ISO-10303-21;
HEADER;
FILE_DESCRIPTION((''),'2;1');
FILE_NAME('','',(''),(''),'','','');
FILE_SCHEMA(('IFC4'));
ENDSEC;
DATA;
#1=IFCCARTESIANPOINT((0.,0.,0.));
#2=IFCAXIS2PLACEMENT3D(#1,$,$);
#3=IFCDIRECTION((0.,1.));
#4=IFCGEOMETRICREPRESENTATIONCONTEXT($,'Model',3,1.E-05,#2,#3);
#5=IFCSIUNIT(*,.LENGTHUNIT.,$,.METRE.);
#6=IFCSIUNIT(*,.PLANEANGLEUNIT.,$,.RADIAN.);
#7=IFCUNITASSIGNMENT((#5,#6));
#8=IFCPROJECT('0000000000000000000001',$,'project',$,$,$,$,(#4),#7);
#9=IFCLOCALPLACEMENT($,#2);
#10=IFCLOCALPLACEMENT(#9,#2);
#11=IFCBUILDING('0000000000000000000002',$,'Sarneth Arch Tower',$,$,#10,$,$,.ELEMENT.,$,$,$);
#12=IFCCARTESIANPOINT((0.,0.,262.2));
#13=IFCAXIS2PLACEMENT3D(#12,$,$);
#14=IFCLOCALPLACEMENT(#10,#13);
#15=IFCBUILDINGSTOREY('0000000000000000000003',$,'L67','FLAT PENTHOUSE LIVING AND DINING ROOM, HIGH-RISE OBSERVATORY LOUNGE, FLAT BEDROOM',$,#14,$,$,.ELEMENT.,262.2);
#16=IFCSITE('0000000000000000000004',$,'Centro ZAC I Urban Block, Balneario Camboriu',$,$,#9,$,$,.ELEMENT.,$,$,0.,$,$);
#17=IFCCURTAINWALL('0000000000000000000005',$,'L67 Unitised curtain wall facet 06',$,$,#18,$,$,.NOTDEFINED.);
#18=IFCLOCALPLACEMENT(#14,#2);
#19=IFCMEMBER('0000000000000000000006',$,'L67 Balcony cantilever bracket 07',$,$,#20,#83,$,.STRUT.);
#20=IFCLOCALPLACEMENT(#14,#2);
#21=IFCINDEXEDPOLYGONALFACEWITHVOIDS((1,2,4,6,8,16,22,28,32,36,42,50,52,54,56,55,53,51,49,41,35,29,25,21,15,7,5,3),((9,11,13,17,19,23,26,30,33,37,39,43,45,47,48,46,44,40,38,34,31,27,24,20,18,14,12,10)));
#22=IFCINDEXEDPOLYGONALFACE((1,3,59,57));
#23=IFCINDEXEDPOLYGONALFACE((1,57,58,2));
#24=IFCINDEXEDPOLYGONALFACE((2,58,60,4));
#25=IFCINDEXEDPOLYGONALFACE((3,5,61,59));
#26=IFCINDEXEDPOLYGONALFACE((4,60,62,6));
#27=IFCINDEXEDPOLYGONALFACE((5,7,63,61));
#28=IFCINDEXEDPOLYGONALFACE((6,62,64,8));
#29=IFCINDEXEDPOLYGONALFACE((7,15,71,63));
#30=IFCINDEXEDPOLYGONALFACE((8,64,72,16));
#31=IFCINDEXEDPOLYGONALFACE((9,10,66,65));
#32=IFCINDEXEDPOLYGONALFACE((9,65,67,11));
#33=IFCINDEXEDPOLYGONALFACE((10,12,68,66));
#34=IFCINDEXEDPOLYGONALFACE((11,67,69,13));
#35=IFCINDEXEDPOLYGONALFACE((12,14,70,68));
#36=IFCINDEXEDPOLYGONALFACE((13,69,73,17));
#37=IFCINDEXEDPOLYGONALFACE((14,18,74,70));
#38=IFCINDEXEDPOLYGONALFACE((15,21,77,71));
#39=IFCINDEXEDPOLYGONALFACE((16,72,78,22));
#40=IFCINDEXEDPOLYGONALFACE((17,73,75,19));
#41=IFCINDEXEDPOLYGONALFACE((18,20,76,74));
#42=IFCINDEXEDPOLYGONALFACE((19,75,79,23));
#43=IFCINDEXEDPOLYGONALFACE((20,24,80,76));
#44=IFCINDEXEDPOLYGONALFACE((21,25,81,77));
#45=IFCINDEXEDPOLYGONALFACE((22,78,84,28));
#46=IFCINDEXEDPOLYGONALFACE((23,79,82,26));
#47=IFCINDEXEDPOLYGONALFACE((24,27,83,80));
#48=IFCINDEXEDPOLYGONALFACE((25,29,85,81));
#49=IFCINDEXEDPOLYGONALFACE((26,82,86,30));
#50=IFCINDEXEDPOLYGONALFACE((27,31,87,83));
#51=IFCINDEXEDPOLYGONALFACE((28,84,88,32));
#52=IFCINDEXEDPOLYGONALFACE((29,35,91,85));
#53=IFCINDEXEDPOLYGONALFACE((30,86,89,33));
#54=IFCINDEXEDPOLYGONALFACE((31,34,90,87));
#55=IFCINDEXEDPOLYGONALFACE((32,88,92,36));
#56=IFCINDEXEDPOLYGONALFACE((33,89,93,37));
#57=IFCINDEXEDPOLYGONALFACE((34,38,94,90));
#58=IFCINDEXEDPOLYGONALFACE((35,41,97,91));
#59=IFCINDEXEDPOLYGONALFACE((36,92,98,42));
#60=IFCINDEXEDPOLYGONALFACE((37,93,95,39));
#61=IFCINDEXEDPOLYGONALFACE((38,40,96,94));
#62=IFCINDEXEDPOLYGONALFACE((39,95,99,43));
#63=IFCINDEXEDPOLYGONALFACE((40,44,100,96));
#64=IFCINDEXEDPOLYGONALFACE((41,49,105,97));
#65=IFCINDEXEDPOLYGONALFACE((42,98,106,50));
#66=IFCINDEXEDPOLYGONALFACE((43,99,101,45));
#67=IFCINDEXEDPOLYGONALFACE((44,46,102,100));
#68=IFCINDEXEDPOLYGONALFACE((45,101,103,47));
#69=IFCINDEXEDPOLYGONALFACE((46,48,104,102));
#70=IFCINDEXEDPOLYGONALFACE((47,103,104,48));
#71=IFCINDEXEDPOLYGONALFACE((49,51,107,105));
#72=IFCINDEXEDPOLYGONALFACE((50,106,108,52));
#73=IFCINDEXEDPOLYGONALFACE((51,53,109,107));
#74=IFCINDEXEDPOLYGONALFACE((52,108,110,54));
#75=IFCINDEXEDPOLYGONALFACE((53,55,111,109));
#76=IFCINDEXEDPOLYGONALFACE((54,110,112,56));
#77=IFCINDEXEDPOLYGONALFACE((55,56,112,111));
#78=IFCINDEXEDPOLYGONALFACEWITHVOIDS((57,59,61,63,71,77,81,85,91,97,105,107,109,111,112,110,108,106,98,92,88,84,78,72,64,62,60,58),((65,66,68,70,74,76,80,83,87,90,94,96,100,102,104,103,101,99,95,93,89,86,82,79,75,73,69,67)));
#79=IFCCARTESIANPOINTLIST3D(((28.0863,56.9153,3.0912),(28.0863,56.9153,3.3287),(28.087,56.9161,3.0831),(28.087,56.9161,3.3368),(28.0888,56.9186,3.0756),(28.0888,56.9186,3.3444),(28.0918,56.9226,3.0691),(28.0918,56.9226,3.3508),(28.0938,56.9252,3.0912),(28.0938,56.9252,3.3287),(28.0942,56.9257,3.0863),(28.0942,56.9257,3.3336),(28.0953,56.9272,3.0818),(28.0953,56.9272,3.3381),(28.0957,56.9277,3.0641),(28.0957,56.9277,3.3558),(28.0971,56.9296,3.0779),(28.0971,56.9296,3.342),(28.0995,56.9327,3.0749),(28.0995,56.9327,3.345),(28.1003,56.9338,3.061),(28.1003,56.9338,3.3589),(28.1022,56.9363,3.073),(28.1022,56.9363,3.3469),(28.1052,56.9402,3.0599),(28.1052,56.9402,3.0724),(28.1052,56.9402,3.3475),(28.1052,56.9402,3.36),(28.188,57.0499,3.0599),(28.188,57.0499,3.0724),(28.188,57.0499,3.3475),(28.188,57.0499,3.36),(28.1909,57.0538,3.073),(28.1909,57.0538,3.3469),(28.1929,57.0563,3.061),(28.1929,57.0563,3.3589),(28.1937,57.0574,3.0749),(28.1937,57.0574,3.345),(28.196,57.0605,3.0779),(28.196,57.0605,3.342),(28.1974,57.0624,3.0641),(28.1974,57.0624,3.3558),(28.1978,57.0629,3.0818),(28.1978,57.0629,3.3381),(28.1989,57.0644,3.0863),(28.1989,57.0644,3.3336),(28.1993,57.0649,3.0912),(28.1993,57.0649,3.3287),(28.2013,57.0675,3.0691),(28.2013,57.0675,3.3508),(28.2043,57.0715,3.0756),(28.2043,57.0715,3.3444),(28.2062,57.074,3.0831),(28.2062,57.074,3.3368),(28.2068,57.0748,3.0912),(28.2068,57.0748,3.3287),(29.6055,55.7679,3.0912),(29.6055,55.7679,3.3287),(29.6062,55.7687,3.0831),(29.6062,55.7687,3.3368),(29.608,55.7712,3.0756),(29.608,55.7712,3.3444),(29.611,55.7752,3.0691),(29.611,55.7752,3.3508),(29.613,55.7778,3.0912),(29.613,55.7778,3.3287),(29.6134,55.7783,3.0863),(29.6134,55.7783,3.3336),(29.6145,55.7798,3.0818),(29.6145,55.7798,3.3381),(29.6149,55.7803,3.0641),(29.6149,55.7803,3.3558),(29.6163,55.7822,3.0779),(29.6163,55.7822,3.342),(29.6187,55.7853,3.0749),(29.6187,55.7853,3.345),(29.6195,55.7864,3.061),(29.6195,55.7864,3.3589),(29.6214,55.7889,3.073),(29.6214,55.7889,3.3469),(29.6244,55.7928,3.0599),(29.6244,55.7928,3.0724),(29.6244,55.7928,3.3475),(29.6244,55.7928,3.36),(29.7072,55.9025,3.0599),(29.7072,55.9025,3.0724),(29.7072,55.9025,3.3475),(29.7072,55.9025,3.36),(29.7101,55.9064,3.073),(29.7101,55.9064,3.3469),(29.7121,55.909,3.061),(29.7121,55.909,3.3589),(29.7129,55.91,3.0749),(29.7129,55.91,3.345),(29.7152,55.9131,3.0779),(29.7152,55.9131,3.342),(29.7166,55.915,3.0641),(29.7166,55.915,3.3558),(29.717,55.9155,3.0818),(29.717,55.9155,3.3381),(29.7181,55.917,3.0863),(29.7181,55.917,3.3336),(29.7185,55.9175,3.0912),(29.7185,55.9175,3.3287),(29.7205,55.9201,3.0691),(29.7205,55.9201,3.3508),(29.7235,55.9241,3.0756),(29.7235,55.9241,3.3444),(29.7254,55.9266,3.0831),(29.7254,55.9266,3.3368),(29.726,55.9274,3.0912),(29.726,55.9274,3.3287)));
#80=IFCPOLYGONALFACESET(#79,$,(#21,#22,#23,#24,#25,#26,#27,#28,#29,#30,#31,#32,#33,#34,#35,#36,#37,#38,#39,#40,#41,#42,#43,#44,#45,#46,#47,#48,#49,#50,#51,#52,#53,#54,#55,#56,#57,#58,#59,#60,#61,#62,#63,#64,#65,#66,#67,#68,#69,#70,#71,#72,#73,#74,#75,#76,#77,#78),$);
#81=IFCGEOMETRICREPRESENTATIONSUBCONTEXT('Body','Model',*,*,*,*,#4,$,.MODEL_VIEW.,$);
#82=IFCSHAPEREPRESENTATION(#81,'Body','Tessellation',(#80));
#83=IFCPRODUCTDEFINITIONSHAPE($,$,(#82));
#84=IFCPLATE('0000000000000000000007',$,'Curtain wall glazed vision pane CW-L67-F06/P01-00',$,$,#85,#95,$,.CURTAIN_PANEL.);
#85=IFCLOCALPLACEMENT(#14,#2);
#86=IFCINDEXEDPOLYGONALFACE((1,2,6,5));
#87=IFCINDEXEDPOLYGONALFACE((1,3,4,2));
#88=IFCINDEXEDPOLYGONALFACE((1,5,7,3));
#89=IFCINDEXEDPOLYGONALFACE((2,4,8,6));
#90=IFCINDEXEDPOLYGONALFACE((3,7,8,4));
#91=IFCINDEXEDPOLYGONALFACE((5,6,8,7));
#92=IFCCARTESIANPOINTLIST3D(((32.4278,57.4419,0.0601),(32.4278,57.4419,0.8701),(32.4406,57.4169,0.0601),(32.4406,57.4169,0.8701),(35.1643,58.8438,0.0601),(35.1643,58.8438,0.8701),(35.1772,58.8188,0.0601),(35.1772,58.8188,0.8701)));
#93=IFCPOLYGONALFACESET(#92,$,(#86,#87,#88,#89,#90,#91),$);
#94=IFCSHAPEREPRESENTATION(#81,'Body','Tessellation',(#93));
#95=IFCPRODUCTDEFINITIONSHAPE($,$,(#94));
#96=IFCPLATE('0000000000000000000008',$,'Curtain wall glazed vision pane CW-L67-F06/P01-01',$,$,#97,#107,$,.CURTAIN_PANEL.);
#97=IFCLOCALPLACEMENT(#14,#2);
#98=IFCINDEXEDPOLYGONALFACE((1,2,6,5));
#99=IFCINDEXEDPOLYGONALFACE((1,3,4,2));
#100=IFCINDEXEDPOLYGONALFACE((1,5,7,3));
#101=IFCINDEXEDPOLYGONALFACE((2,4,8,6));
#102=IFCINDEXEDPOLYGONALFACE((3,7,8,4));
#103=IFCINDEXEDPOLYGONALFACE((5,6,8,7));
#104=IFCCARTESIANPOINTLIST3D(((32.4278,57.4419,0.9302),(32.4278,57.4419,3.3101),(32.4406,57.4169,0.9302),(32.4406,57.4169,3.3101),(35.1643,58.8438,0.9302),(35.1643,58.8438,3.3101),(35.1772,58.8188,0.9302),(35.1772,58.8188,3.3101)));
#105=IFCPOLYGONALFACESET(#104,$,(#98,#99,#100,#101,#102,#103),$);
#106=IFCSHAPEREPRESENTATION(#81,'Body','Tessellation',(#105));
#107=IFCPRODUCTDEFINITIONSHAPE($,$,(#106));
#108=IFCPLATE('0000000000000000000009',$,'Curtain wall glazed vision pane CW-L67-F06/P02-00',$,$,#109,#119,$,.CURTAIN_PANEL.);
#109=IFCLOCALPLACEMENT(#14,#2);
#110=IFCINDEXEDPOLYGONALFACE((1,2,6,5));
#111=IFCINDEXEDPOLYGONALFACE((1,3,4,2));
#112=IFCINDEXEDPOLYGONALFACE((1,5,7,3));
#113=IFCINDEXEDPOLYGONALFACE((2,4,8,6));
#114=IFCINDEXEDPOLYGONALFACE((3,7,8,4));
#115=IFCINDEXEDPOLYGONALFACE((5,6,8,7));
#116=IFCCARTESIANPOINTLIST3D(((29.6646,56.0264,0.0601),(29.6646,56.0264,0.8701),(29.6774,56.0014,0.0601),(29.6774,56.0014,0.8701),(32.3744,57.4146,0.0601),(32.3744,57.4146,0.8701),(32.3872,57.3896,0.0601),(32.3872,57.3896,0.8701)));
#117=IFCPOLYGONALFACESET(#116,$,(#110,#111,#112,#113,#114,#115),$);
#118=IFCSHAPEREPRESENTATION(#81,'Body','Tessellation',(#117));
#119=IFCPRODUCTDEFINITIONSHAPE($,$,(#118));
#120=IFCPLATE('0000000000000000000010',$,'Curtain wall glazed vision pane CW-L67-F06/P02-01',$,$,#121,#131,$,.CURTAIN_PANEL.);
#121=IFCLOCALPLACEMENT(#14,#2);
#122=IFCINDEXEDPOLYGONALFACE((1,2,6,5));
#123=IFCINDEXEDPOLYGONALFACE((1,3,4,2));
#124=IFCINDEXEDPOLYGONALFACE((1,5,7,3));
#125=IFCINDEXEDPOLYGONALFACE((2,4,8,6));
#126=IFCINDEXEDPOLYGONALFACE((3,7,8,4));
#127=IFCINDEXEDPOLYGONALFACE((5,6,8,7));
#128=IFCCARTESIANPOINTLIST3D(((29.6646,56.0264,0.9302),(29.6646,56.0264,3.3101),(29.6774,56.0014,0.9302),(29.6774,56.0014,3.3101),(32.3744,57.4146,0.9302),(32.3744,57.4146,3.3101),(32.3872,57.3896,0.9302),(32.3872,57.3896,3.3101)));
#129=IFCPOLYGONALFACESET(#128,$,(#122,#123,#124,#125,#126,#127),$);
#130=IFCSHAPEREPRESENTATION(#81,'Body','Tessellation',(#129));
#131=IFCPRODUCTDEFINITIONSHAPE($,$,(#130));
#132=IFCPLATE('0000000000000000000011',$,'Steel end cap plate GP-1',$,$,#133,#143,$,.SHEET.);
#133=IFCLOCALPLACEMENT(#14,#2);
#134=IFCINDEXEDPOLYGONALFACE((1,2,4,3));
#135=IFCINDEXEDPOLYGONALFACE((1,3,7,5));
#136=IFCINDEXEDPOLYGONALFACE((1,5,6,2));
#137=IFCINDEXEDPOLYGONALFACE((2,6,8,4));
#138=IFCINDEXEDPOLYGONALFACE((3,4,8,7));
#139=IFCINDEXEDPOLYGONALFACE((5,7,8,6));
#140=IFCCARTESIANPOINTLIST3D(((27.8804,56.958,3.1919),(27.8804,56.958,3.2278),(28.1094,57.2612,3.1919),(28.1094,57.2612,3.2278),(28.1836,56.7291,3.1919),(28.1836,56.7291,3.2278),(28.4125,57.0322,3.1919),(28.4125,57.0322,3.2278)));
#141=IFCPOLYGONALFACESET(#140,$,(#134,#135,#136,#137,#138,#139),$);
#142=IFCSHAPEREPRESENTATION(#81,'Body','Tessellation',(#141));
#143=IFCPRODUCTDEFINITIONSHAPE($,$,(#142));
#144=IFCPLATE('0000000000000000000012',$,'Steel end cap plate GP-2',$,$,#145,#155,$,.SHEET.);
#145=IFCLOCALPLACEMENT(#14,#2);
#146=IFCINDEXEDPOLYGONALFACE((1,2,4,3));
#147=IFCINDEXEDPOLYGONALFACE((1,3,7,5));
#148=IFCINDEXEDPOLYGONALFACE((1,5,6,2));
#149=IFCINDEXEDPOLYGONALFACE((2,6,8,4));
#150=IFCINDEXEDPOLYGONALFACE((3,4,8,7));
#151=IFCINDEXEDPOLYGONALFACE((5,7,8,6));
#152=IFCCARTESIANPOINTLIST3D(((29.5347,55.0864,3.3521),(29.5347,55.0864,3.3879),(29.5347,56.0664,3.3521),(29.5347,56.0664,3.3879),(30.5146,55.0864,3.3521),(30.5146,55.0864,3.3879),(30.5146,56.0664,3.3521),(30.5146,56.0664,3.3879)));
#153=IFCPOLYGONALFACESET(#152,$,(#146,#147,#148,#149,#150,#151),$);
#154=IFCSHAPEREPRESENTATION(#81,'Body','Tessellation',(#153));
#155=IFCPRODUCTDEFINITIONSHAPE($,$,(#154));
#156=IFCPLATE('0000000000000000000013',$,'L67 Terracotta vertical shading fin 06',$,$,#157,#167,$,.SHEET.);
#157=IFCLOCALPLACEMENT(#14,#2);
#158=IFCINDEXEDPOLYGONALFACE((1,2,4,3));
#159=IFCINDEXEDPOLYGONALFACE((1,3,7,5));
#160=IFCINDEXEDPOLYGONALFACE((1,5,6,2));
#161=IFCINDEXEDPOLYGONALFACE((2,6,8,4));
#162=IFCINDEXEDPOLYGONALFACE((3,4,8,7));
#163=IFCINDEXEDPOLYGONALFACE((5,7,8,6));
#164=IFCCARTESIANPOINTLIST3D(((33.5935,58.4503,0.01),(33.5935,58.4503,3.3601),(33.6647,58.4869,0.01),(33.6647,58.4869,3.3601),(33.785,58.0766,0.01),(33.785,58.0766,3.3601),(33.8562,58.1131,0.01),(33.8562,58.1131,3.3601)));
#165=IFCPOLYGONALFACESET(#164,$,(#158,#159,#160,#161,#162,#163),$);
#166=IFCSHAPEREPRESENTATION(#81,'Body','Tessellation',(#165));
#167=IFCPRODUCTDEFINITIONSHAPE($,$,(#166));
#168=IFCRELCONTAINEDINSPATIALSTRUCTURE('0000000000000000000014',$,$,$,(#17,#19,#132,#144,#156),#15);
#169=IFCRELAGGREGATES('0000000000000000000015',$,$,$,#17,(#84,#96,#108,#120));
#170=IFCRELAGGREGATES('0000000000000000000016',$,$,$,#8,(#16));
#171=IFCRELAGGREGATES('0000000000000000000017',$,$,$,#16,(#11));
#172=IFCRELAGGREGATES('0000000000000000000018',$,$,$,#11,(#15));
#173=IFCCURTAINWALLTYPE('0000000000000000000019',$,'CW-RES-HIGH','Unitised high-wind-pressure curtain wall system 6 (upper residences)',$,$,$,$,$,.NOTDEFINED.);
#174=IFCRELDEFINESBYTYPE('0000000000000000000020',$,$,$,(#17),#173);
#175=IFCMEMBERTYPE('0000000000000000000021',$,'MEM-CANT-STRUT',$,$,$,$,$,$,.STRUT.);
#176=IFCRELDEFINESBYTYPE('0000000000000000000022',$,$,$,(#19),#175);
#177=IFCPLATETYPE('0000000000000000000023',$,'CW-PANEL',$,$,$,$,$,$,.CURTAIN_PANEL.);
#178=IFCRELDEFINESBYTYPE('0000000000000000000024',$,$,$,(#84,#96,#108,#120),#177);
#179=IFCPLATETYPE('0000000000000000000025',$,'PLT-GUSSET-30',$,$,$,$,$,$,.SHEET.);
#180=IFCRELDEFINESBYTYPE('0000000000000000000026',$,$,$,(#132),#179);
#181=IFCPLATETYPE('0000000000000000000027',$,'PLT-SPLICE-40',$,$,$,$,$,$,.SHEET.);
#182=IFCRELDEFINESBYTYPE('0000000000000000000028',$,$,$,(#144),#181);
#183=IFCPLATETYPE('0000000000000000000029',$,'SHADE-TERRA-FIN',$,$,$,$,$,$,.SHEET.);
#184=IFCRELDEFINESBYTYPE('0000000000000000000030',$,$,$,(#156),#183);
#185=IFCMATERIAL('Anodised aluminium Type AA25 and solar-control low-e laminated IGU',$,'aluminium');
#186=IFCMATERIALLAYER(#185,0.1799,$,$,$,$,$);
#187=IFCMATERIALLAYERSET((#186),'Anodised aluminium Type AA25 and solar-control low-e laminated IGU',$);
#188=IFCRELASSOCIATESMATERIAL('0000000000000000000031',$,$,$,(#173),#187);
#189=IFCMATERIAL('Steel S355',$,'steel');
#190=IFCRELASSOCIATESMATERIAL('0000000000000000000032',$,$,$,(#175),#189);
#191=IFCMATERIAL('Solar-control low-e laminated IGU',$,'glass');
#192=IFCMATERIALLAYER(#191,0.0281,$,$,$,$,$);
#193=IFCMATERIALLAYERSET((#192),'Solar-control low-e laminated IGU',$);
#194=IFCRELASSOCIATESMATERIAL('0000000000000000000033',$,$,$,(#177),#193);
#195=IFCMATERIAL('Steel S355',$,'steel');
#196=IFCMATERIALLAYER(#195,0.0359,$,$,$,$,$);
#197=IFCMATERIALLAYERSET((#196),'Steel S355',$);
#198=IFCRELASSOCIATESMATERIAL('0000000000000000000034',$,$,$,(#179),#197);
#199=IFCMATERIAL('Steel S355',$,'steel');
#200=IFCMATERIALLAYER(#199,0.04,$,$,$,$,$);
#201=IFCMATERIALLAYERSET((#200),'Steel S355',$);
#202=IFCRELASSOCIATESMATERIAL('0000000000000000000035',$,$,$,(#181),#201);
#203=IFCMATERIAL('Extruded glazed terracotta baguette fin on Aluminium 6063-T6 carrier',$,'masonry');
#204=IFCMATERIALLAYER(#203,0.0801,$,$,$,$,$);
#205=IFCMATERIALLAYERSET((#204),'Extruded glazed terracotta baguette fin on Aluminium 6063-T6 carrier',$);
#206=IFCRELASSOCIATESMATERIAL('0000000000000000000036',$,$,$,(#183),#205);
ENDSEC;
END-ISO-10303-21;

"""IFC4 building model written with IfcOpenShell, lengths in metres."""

from ifc_helpers import new_model, si_unit, direction, frame, origin, origin_2d, place, context, subcontext, project, spatial, rectangle, hollow_rectangle, extrude, material, layer, layer_set, material_profile, profile_set, type_object, element, aggregate, save


model = new_model("IFC4")

# Units and contexts
model_context = context("Model", 3, precision=1e-05, world=origin(), true_north=direction((0.0, 1.0)))
body_context = subcontext(model_context, "Body", "Model", "MODEL_VIEW")
ifc_project = project(units=[si_unit("LENGTHUNIT", "METRE"), si_unit("PLANEANGLEUNIT", "RADIAN")], contexts=[model_context])

# Site, building, storey
site_placement = place(None, origin())
site = spatial("IfcSite", under=ifc_project, at=site_placement, Name="Centro ZAC I Urban Block, Balneario Camboriu", CompositionType="ELEMENT", RefElevation=0.0)
building_placement = place(site_placement, origin())
building = spatial("IfcBuilding", under=site, at=building_placement, Name="Sarneth Arch Tower", CompositionType="ELEMENT")
storey_placement = place(building_placement, frame((0.0, 0.0, 262.2)))
storey = spatial("IfcBuildingStorey", under=building, at=storey_placement, Name="L67", Description="FLAT PENTHOUSE LIVING AND DINING ROOM, HIGH-RISE OBSERVATORY LOUNGE, FLAT BEDROOM", CompositionType="ELEMENT", Elevation=262.2)

# Curtain wall
ifc_material_1 = material(Name="Anodised aluminium Type AA25 and solar-control low-e laminated IGU", Category="aluminium")
ifc_layer_1 = layer(ifc_material_1, 0.1799)
ifc_layer_set_1 = layer_set([ifc_layer_1], Name="Anodised aluminium Type AA25 and solar-control low-e laminated IGU")
curtain_wall_type = type_object("IfcCurtainWallType", Name="CW-RES-HIGH", Description="Unitised high-wind-pressure curtain wall system 6 (upper residences)", PredefinedType="NOTDEFINED", material=ifc_layer_set_1)
curtain_wall_placement = place(storey_placement, origin())
curtain_wall = element("IfcCurtainWall", 1, at=curtain_wall_placement, inside=storey, type_object=curtain_wall_type, Name="L67 Unitised curtain wall facet 06", PredefinedType="NOTDEFINED")

# Member
ifc_material_2 = material(Name="Steel S355", Category="steel")
ifc_material_profile_1 = material_profile(ifc_material_2, hollow_rectangle(XDim=0.2, YDim=0.3, WallThickness=0.0125, InnerFilletRadius=0.0188, OuterFilletRadius=0.0312, at=origin_2d()), Name="RHS300x200x12.5")
ifc_profile_set_1 = profile_set([ifc_material_profile_1], Name="Steel S355")
member_type_1 = type_object("IfcMemberType", Name="MEM-CANT-STRUT", PredefinedType="STRUT", material=ifc_profile_set_1)
member_1_placement = place(storey_placement, frame((29.6658, 55.8477, 3.21), z_axis=(-0.79798, 0.602684, 0.0), x_axis=(-0.602684, -0.79798, 0.0)))
element("IfcMember", 2, at=member_1_placement, inside=storey, type_object=member_type_1, Name="L67 Balcony cantilever bracket 07", PredefinedType="STRUT", context=body_context, shape_type="SweptSolid", body=[
    extrude(hollow_rectangle(XDim=0.2, YDim=0.3, WallThickness=0.0125, InnerFilletRadius=0.0188, OuterFilletRadius=0.0312, at=origin_2d()), origin(), (0.0, 0.0, 1.0), 1.9038),
])

# Plates
ifc_material_3 = material(Name="Solar-control low-e laminated IGU", Category="glass")
ifc_layer_2 = layer(ifc_material_3, 0.0281)
ifc_layer_set_2 = layer_set([ifc_layer_2], Name="Solar-control low-e laminated IGU")
plate_type_1 = type_object("IfcPlateType", Name="CW-PANEL", PredefinedType="CURTAIN_PANEL", material=ifc_layer_set_2)
plate_1_placement = place(storey_placement, frame((33.8025, 58.1304, 0.0601), z_axis=(0.0, 0.0, 1.0), x_axis=(-0.89001, -0.455942, 0.0)))
plate_1 = element("IfcPlate", 3, at=plate_1_placement, type_object=plate_type_1, Name="Curtain wall glazed vision pane CW-L67-F06/P01-00", PredefinedType="CURTAIN_PANEL", context=body_context, shape_type="SweptSolid", body=[
    extrude(rectangle(XDim=3.0747, YDim=0.0281, at=origin_2d()), origin(), (0.0, 0.0, 1.0), 0.8101),
])
plate_2_placement = place(storey_placement, frame((33.8025, 58.1304, 0.9302), z_axis=(0.0, 0.0, 1.0), x_axis=(-0.89001, -0.455942, 0.0)))
plate_2 = element("IfcPlate", 4, at=plate_2_placement, type_object=plate_type_1, Name="Curtain wall glazed vision pane CW-L67-F06/P01-01", PredefinedType="CURTAIN_PANEL", context=body_context, shape_type="SweptSolid", body=[
    extrude(rectangle(XDim=3.0747, YDim=0.0281, at=origin_2d()), origin(), (0.0, 0.0, 1.0), 2.3799),
])
plate_3_placement = place(storey_placement, frame((31.0259, 56.708, 0.0601), z_axis=(0.0, 0.0, 1.0), x_axis=(-0.89001, -0.455942, 0.0)))
plate_3 = element("IfcPlate", 5, at=plate_3_placement, type_object=plate_type_1, Name="Curtain wall glazed vision pane CW-L67-F06/P02-00", PredefinedType="CURTAIN_PANEL", context=body_context, shape_type="SweptSolid", body=[
    extrude(rectangle(XDim=3.0447, YDim=0.0281, at=origin_2d()), origin(), (0.0, 0.0, 1.0), 0.8101),
])
plate_4_placement = place(storey_placement, frame((31.0259, 56.708, 0.9302), z_axis=(0.0, 0.0, 1.0), x_axis=(-0.89001, -0.455942, 0.0)))
plate_4 = element("IfcPlate", 6, at=plate_4_placement, type_object=plate_type_1, Name="Curtain wall glazed vision pane CW-L67-F06/P02-01", PredefinedType="CURTAIN_PANEL", context=body_context, shape_type="SweptSolid", body=[
    extrude(rectangle(XDim=3.0447, YDim=0.0281, at=origin_2d()), origin(), (0.0, 0.0, 1.0), 2.3799),
])
aggregate(curtain_wall, [plate_1, plate_2, plate_3, plate_4])

# Plates
ifc_material_4 = material(Name="Steel S355", Category="steel")
ifc_layer_3 = layer(ifc_material_4, 0.0359)
ifc_layer_set_3 = layer_set([ifc_layer_3], Name="Steel S355")
plate_type_2 = type_object("IfcPlateType", Name="PLT-GUSSET-30", PredefinedType="SHEET", material=ifc_layer_set_3)
plate_5_placement = place(storey_placement, frame((28.1465, 56.9951, 3.1919), z_axis=(0.0, 0.0, 1.0), x_axis=(-0.798005, 0.602651, 0.0)))
element("IfcPlate", 7, at=plate_5_placement, inside=storey, type_object=plate_type_2, Name="Steel end cap plate GP-1", PredefinedType="SHEET", context=body_context, shape_type="SweptSolid", body=[
    extrude(rectangle(XDim=0.3799, YDim=0.3799, at=origin_2d()), origin(), (0.0, 0.0, 1.0), 0.0359),
])
ifc_material_5 = material(Name="Steel S355", Category="steel")
ifc_layer_4 = layer(ifc_material_5, 0.04)
ifc_layer_set_4 = layer_set([ifc_layer_4], Name="Steel S355")
plate_type_3 = type_object("IfcPlateType", Name="PLT-SPLICE-40", PredefinedType="SHEET", material=ifc_layer_set_4)
plate_6_placement = place(storey_placement, frame((30.0247, 55.5764, 3.3521), z_axis=(0.0, 0.0, 1.0), x_axis=(1.0, 0.0, 0.0)))
element("IfcPlate", 8, at=plate_6_placement, inside=storey, type_object=plate_type_3, Name="Steel end cap plate GP-2", PredefinedType="SHEET", context=body_context, shape_type="SweptSolid", body=[
    extrude(rectangle(XDim=0.98, YDim=0.98, at=origin_2d()), origin(), (0.0, 0.0, 1.0), 0.0359),
])
ifc_material_6 = material(Name="Extruded glazed terracotta baguette fin on Aluminium 6063-T6 carrier", Category="masonry")
ifc_layer_5 = layer(ifc_material_6, 0.0801)
ifc_layer_set_5 = layer_set([ifc_layer_5], Name="Extruded glazed terracotta baguette fin on Aluminium 6063-T6 carrier")
plate_type_4 = type_object("IfcPlateType", Name="SHADE-TERRA-FIN", PredefinedType="SHEET", material=ifc_layer_set_5)
plate_7_placement = place(storey_placement, frame((33.7249, 58.2817, 0.01), z_axis=(0.0, 0.0, 1.0), x_axis=(-0.456011, 0.889974, 0.0)))
element("IfcPlate", 9, at=plate_7_placement, inside=storey, type_object=plate_type_4, Name="L67 Terracotta vertical shading fin 06", PredefinedType="SHEET", context=body_context, shape_type="SweptSolid", body=[
    extrude(rectangle(XDim=0.4199, YDim=0.0801, at=origin_2d()), origin(), (0.0, 0.0, 1.0), 3.3501),
])

save(model, "model.ifc")
